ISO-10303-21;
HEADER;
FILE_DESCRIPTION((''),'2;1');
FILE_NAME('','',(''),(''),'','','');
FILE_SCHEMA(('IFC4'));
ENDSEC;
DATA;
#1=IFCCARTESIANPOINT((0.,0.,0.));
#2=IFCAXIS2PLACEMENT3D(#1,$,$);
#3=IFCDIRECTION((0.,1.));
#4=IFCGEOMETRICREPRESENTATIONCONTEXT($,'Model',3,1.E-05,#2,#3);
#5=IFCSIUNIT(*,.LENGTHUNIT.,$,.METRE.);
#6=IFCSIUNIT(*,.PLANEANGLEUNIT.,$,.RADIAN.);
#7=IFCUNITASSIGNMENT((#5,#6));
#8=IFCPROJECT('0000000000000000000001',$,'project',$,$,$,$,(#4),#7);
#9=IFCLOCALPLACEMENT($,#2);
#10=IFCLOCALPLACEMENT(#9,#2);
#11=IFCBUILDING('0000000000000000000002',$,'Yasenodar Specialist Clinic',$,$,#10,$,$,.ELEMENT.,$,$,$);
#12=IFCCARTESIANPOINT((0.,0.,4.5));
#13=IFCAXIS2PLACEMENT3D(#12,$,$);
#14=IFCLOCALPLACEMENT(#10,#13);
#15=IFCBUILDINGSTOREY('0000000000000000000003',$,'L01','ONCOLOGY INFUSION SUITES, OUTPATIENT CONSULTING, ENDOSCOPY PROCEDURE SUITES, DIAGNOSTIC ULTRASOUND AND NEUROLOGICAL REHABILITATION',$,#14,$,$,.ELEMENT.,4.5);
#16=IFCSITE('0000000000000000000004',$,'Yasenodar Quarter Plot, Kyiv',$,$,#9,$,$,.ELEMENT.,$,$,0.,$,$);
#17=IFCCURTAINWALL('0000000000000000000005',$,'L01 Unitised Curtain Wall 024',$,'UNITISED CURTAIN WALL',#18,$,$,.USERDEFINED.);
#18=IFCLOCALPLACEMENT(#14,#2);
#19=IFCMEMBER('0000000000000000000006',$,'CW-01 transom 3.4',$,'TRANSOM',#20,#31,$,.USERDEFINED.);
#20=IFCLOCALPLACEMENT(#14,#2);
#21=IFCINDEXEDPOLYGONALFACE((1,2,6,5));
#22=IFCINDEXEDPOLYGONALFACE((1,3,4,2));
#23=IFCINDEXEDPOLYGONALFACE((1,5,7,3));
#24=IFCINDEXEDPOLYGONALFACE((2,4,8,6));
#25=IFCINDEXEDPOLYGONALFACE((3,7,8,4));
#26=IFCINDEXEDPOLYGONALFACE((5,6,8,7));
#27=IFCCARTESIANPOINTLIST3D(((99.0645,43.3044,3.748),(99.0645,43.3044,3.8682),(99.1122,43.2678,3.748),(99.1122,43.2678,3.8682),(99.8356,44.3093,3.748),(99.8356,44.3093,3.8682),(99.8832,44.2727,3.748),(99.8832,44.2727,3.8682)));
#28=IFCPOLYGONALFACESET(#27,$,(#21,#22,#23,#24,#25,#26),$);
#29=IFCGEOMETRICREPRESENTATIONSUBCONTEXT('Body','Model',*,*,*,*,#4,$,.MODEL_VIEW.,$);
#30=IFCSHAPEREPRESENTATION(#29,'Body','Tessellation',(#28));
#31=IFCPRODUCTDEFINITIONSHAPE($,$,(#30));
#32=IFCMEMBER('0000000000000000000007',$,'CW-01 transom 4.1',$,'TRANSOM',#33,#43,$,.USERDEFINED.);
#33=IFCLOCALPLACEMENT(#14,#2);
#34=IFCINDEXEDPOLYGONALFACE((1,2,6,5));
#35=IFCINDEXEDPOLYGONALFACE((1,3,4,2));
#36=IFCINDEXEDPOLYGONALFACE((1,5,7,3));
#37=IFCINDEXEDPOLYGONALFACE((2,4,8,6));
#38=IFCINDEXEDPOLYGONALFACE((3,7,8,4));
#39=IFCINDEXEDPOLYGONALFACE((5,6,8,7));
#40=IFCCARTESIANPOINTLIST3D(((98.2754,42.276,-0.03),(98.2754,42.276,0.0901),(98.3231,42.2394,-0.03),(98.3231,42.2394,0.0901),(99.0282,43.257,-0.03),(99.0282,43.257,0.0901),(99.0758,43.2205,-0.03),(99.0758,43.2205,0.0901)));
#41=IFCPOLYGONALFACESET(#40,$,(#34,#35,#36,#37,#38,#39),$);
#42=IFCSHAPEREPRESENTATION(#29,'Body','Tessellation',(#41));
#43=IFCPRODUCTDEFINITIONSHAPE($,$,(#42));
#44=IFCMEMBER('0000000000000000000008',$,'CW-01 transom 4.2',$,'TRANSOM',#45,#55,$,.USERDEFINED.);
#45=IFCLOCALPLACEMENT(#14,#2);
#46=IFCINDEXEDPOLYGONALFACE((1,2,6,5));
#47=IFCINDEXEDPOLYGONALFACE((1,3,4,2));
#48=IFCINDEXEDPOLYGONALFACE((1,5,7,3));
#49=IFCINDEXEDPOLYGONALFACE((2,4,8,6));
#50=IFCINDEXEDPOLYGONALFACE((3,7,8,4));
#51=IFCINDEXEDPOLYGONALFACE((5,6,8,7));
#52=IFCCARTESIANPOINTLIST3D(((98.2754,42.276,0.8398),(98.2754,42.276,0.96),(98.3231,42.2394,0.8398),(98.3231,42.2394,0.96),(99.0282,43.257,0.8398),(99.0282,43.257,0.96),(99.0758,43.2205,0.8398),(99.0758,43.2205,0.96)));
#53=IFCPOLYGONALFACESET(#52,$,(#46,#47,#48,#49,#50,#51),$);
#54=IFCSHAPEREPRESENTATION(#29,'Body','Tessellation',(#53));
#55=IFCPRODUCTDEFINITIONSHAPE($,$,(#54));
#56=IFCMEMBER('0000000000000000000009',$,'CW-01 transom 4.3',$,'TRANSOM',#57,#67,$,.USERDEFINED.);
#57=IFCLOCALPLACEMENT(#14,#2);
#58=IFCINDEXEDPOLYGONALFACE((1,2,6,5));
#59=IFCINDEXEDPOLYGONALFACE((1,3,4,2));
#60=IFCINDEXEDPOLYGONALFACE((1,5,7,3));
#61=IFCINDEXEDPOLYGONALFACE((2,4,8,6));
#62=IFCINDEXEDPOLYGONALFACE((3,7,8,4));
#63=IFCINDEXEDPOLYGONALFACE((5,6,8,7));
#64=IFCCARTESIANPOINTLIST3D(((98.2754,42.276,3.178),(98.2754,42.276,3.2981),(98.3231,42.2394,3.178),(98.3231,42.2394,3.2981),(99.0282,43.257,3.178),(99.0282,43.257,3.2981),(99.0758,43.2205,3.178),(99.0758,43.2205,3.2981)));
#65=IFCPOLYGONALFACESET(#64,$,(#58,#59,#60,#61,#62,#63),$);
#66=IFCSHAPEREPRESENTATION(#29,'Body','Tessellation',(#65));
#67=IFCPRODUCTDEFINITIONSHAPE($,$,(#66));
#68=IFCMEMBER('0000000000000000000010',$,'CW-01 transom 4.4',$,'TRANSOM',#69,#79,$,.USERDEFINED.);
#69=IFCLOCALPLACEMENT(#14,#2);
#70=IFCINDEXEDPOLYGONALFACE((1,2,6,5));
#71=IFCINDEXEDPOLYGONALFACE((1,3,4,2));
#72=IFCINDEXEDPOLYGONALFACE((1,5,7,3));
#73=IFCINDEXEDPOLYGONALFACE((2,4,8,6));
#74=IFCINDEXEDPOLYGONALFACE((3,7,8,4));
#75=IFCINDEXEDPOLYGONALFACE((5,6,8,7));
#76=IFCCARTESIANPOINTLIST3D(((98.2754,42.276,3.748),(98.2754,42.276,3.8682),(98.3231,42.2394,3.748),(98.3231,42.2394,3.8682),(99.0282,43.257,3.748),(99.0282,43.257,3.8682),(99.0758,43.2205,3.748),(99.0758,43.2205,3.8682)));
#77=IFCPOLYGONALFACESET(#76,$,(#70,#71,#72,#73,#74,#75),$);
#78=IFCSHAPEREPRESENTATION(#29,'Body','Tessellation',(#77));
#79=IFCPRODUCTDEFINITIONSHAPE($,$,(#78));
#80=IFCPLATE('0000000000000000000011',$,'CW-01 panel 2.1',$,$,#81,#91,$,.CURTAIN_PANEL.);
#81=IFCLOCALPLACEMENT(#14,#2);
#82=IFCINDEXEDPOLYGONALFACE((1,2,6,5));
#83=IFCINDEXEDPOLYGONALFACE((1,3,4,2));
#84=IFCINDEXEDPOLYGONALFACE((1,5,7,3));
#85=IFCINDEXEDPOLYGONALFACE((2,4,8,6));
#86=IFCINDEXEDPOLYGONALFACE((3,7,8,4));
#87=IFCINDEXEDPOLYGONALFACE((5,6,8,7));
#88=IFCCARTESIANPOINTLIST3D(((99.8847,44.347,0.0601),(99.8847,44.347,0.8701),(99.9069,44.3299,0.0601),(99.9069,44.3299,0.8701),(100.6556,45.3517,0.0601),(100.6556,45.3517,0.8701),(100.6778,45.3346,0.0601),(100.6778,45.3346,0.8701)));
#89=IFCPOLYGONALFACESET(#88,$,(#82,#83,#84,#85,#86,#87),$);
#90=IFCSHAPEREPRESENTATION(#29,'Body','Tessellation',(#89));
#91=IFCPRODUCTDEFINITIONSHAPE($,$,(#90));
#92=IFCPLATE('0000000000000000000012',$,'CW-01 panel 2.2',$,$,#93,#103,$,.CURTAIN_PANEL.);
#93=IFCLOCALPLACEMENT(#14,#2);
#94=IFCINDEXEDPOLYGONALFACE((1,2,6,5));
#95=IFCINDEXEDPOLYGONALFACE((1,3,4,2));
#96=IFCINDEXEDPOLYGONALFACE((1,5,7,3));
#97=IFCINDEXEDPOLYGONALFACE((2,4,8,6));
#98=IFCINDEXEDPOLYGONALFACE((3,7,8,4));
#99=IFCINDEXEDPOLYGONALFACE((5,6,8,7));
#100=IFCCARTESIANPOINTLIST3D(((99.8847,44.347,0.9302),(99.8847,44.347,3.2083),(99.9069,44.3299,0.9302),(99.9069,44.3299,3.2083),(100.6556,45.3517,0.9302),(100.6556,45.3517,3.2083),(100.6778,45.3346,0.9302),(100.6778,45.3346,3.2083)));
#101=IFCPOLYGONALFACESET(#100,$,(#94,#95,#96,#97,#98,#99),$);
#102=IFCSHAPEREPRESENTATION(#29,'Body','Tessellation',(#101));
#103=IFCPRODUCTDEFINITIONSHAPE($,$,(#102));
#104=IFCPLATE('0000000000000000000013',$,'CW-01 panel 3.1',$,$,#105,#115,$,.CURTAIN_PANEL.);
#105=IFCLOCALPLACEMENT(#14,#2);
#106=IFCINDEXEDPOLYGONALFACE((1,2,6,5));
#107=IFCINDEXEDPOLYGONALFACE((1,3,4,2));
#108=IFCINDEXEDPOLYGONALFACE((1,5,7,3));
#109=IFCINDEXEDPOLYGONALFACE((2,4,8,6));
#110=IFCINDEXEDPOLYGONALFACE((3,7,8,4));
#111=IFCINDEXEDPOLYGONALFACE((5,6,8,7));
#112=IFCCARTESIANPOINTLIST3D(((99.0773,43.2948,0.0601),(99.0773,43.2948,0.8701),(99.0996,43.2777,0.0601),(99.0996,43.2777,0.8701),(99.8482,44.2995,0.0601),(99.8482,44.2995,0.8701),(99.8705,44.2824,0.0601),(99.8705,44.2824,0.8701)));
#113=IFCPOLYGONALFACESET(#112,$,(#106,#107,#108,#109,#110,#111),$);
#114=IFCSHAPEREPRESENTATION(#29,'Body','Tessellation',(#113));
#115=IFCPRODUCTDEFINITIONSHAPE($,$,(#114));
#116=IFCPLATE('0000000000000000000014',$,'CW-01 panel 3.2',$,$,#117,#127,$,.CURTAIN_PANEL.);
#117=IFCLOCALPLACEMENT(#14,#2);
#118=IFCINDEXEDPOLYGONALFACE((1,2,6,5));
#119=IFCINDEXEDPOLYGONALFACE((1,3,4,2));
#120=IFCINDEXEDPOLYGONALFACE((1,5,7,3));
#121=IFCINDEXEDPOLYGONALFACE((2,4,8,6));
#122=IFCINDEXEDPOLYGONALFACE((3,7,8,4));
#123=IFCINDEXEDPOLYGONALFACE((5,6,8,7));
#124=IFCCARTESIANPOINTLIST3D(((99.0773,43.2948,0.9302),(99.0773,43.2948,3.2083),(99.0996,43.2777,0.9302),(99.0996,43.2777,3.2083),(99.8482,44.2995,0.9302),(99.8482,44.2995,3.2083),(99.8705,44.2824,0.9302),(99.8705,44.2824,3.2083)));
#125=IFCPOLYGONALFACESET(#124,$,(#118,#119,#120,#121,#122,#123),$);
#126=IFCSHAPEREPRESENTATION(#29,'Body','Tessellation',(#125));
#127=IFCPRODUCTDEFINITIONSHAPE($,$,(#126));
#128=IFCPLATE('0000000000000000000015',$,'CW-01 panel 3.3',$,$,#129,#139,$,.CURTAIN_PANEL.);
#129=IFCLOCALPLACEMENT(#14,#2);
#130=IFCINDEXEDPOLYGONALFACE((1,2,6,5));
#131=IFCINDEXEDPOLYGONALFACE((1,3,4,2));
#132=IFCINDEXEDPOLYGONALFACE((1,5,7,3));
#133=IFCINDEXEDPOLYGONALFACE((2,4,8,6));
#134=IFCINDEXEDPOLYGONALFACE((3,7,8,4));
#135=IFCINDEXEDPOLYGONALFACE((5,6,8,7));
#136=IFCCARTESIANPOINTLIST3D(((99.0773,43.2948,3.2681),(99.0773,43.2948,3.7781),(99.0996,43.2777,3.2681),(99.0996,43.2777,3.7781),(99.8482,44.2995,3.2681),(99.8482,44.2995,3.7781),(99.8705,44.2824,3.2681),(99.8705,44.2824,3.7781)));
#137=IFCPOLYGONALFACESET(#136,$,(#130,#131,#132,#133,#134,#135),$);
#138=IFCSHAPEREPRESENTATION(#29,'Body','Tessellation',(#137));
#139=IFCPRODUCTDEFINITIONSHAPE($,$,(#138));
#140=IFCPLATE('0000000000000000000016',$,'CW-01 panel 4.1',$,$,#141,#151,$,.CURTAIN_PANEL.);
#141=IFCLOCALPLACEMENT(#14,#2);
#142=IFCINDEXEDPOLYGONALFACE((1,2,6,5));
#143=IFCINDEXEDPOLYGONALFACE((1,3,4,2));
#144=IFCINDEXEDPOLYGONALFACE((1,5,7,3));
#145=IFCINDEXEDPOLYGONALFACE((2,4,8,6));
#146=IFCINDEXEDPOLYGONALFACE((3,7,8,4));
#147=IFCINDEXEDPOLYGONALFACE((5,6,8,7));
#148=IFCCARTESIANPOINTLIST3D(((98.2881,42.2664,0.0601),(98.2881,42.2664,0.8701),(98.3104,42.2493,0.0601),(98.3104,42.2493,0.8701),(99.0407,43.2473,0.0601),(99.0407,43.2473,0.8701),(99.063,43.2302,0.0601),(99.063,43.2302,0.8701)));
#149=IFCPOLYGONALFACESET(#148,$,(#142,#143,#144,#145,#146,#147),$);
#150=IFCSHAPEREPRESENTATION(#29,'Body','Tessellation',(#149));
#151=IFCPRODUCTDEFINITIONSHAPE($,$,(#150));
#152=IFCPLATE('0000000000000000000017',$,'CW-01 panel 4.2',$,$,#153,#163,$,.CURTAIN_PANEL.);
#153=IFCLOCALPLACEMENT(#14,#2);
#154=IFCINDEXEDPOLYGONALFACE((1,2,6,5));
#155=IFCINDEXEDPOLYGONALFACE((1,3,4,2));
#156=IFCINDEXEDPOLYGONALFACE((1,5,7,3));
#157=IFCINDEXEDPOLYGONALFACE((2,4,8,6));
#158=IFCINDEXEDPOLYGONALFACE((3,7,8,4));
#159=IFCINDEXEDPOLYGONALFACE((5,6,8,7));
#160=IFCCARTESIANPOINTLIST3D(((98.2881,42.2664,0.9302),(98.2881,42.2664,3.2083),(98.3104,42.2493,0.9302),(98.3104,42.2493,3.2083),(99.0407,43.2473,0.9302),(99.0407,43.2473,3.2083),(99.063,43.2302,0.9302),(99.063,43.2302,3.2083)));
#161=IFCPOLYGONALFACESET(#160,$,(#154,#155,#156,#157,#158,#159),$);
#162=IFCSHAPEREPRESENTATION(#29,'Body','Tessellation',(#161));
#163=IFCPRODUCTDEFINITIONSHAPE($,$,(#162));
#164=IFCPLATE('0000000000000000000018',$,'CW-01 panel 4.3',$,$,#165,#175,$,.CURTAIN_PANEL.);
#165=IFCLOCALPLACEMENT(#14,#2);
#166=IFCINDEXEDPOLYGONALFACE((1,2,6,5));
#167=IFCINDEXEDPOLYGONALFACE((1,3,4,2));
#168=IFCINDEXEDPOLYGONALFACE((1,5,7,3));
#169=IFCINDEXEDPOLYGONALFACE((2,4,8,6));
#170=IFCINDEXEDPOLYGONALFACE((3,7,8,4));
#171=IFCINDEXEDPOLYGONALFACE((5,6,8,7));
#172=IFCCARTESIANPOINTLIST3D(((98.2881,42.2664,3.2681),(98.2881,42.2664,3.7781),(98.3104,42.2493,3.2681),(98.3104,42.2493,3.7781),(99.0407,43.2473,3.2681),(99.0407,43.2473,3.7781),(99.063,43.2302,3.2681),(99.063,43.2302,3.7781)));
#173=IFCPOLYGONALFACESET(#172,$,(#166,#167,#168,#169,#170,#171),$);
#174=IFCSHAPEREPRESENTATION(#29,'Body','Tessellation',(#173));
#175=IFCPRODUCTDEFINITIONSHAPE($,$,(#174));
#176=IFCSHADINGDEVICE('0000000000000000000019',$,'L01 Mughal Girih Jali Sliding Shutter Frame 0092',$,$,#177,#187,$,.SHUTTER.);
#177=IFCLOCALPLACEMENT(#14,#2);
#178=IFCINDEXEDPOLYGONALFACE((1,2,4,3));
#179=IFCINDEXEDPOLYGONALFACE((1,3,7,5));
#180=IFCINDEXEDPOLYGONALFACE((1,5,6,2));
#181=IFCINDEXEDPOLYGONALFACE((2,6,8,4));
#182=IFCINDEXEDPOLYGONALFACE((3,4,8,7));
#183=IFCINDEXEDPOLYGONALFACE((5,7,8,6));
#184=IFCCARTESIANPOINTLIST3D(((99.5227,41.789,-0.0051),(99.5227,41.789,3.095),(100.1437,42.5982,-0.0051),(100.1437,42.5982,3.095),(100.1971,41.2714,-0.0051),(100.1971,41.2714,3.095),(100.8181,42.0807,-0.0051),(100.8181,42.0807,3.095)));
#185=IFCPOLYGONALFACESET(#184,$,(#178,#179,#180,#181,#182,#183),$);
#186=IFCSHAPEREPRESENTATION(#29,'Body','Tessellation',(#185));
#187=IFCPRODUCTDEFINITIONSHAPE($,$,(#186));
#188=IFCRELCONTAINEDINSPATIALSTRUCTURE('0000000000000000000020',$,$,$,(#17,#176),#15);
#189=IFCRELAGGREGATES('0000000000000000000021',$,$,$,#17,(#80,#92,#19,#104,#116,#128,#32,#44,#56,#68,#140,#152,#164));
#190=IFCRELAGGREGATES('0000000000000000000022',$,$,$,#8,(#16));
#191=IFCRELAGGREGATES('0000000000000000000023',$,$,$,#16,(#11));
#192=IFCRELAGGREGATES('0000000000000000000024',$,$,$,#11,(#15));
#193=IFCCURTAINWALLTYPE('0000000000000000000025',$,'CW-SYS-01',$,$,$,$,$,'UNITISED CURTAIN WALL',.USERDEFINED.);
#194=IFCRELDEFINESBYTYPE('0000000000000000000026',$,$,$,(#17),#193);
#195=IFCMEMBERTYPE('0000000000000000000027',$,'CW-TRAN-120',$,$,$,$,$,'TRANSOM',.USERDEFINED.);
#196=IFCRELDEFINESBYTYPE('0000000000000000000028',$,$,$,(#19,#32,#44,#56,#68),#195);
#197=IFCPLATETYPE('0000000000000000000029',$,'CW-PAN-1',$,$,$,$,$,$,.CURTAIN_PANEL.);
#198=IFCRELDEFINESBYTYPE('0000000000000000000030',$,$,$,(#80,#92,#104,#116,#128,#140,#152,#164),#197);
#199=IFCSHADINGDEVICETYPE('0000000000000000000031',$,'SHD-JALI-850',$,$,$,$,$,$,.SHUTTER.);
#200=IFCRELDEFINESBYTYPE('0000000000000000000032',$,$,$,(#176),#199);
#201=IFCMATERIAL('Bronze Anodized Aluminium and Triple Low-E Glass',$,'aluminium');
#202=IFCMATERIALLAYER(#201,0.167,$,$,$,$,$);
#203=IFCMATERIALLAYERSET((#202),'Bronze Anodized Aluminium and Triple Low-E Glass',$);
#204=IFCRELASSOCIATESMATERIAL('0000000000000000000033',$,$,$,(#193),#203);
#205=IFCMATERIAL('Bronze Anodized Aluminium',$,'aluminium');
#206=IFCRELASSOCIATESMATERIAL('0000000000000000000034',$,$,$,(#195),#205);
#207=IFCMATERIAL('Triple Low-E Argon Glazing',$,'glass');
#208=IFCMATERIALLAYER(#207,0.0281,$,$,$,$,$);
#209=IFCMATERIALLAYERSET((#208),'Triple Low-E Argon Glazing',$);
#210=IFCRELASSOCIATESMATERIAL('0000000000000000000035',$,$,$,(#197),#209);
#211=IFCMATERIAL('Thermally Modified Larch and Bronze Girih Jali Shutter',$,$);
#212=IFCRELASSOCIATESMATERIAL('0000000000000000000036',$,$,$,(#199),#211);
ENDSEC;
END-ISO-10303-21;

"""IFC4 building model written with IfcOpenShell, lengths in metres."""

from ifc_helpers import new_model, si_unit, direction, frame, origin, origin_2d, place, context, subcontext, project, spatial, rectangle, extrude, material, layer, layer_set, material_profile, profile_set, type_object, element, aggregate, save


model = new_model("IFC4")

# Units and contexts
model_context = context("Model", 3, precision=1e-05, world=origin(), true_north=direction((0.0, 1.0)))
body_context = subcontext(model_context, "Body", "Model", "MODEL_VIEW")
ifc_project = project(units=[si_unit("LENGTHUNIT", "METRE"), si_unit("PLANEANGLEUNIT", "RADIAN")], contexts=[model_context])

# Site, building, storey
site_placement = place(None, origin())
site = spatial("IfcSite", under=ifc_project, at=site_placement, Name="Yasenodar Quarter Plot, Kyiv", CompositionType="ELEMENT", RefElevation=0.0)
building_placement = place(site_placement, origin())
building = spatial("IfcBuilding", under=site, at=building_placement, Name="Yasenodar Specialist Clinic", CompositionType="ELEMENT")
storey_placement = place(building_placement, frame((0.0, 0.0, 4.5)))
storey = spatial("IfcBuildingStorey", under=building, at=storey_placement, Name="L01", Description="ONCOLOGY INFUSION SUITES, OUTPATIENT CONSULTING, ENDOSCOPY PROCEDURE SUITES, DIAGNOSTIC ULTRASOUND AND NEUROLOGICAL REHABILITATION", CompositionType="ELEMENT", Elevation=4.5)

# Curtain wall, members, plates
ifc_material_1 = material(Name="Bronze Anodized Aluminium and Triple Low-E Glass", Category="aluminium")
ifc_layer_1 = layer(ifc_material_1, 0.167)
ifc_layer_set_1 = layer_set([ifc_layer_1], Name="Bronze Anodized Aluminium and Triple Low-E Glass")
curtain_wall_type = type_object("IfcCurtainWallType", Name="CW-SYS-01", ElementType="UNITISED CURTAIN WALL", PredefinedType="USERDEFINED", material=ifc_layer_set_1)
curtain_wall_placement = place(storey_placement, origin())
curtain_wall = element("IfcCurtainWall", 1, at=curtain_wall_placement, inside=storey, type_object=curtain_wall_type, Name="L01 Unitised Curtain Wall 024", ObjectType="UNITISED CURTAIN WALL", PredefinedType="USERDEFINED")
ifc_material_2 = material(Name="Bronze Anodized Aluminium", Category="aluminium")
ifc_material_profile_1 = material_profile(ifc_material_2, rectangle(XDim=0.0601, YDim=0.1201, at=origin_2d()), Name="CW-TRAN 60x120")
ifc_profile_set_1 = profile_set([ifc_material_profile_1], Name="Bronze Anodized Aluminium")
member_type_1 = type_object("IfcMemberType", Name="CW-TRAN-120", ElementType="TRANSOM", PredefinedType="USERDEFINED", material=ifc_profile_set_1)
member_1_placement = place(storey_placement, frame((99.8594, 44.291, 3.8081), z_axis=(-0.608723, -0.793383, 0.0), x_axis=(0.793383, -0.608723, 0.0)))
member_1 = element("IfcMember", 2, at=member_1_placement, type_object=member_type_1, Name="CW-01 transom 3.4", ObjectType="TRANSOM", PredefinedType="USERDEFINED", context=body_context, shape_type="SweptSolid", body=[
    extrude(rectangle(XDim=0.0601, YDim=0.1201, at=origin_2d()), origin(), (0.0, 0.0, 1.0), 1.2666),
])
member_2_placement = place(storey_placement, frame((99.052, 43.2388, 0.03), z_axis=(-0.608747, -0.793365, 0.0), x_axis=(0.793365, -0.608747, 0.0)))
member_2 = element("IfcMember", 3, at=member_2_placement, type_object=member_type_1, Name="CW-01 transom 4.1", ObjectType="TRANSOM", PredefinedType="USERDEFINED", context=body_context, shape_type="SweptSolid", body=[
    extrude(rectangle(XDim=0.0601, YDim=0.1201, at=origin_2d()), origin(), (0.0, 0.0, 1.0), 1.2366),
])
member_3_placement = place(storey_placement, frame((99.052, 43.2388, 0.8999), z_axis=(-0.608747, -0.793365, 0.0), x_axis=(0.793365, -0.608747, 0.0)))
member_3 = element("IfcMember", 4, at=member_3_placement, type_object=member_type_1, Name="CW-01 transom 4.2", ObjectType="TRANSOM", PredefinedType="USERDEFINED", context=body_context, shape_type="SweptSolid", body=[
    extrude(rectangle(XDim=0.0601, YDim=0.1201, at=origin_2d()), origin(), (0.0, 0.0, 1.0), 1.2366),
])
member_4_placement = place(storey_placement, frame((99.052, 43.2388, 3.238), z_axis=(-0.608747, -0.793365, 0.0), x_axis=(0.793365, -0.608747, 0.0)))
member_4 = element("IfcMember", 5, at=member_4_placement, type_object=member_type_1, Name="CW-01 transom 4.3", ObjectType="TRANSOM", PredefinedType="USERDEFINED", context=body_context, shape_type="SweptSolid", body=[
    extrude(rectangle(XDim=0.0601, YDim=0.1201, at=origin_2d()), origin(), (0.0, 0.0, 1.0), 1.2366),
])
member_5_placement = place(storey_placement, frame((99.052, 43.2388, 3.8081), z_axis=(-0.608747, -0.793365, 0.0), x_axis=(0.793365, -0.608747, 0.0)))
member_5 = element("IfcMember", 6, at=member_5_placement, type_object=member_type_1, Name="CW-01 transom 4.4", ObjectType="TRANSOM", PredefinedType="USERDEFINED", context=body_context, shape_type="SweptSolid", body=[
    extrude(rectangle(XDim=0.0601, YDim=0.1201, at=origin_2d()), origin(), (0.0, 0.0, 1.0), 1.2366),
])
ifc_material_3 = material(Name="Triple Low-E Argon Glazing", Category="glass")
ifc_layer_2 = layer(ifc_material_3, 0.0281)
ifc_layer_set_2 = layer_set([ifc_layer_2], Name="Triple Low-E Argon Glazing")
plate_type = type_object("IfcPlateType", Name="CW-PAN-1", PredefinedType="CURTAIN_PANEL", material=ifc_layer_set_2)
plate_1_placement = place(storey_placement, frame((100.2812, 44.8408, 0.0601), z_axis=(0.0, 0.0, 1.0), x_axis=(-0.608752, -0.793361, 0.0)))
plate_1 = element("IfcPlate", 7, at=plate_1_placement, type_object=plate_type, Name="CW-01 panel 2.1", PredefinedType="CURTAIN_PANEL", context=body_context, shape_type="SweptSolid", body=[
    extrude(rectangle(XDim=1.2664, YDim=0.0281, at=origin_2d()), origin(), (0.0, 0.0, 1.0), 0.8101),
])
plate_2_placement = place(storey_placement, frame((100.2812, 44.8408, 0.9302), z_axis=(0.0, 0.0, 1.0), x_axis=(-0.608752, -0.793361, 0.0)))
plate_2 = element("IfcPlate", 8, at=plate_2_placement, type_object=plate_type, Name="CW-01 panel 2.2", PredefinedType="CURTAIN_PANEL", context=body_context, shape_type="SweptSolid", body=[
    extrude(rectangle(XDim=1.2664, YDim=0.0281, at=origin_2d()), origin(), (0.0, 0.0, 1.0), 2.2781),
])
plate_3_placement = place(storey_placement, frame((99.4739, 43.7886, 0.0601), z_axis=(0.0, 0.0, 1.0), x_axis=(-0.608752, -0.793361, 0.0)))
plate_3 = element("IfcPlate", 9, at=plate_3_placement, type_object=plate_type, Name="CW-01 panel 3.1", PredefinedType="CURTAIN_PANEL", context=body_context, shape_type="SweptSolid", body=[
    extrude(rectangle(XDim=1.2664, YDim=0.0281, at=origin_2d()), origin(), (0.0, 0.0, 1.0), 0.8101),
])
plate_4_placement = place(storey_placement, frame((99.4739, 43.7886, 0.9302), z_axis=(0.0, 0.0, 1.0), x_axis=(-0.608752, -0.793361, 0.0)))
plate_4 = element("IfcPlate", 10, at=plate_4_placement, type_object=plate_type, Name="CW-01 panel 3.2", PredefinedType="CURTAIN_PANEL", context=body_context, shape_type="SweptSolid", body=[
    extrude(rectangle(XDim=1.2664, YDim=0.0281, at=origin_2d()), origin(), (0.0, 0.0, 1.0), 2.2781),
])
plate_5_placement = place(storey_placement, frame((99.4739, 43.7886, 3.2681), z_axis=(0.0, 0.0, 1.0), x_axis=(-0.608752, -0.793361, 0.0)))
plate_5 = element("IfcPlate", 11, at=plate_5_placement, type_object=plate_type, Name="CW-01 panel 3.3", PredefinedType="CURTAIN_PANEL", context=body_context, shape_type="SweptSolid", body=[
    extrude(rectangle(XDim=1.2664, YDim=0.0281, at=origin_2d()), origin(), (0.0, 0.0, 1.0), 0.51),
])
plate_6_placement = place(storey_placement, frame((98.6755, 42.7483, 0.0601), z_axis=(0.0, 0.0, 1.0), x_axis=(-0.608752, -0.793361, 0.0)))
plate_6 = element("IfcPlate", 12, at=plate_6_placement, type_object=plate_type, Name="CW-01 panel 4.1", PredefinedType="CURTAIN_PANEL", context=body_context, shape_type="SweptSolid", body=[
    extrude(rectangle(XDim=1.2363, YDim=0.0281, at=origin_2d()), origin(), (0.0, 0.0, 1.0), 0.8101),
])
plate_7_placement = place(storey_placement, frame((98.6755, 42.7483, 0.9302), z_axis=(0.0, 0.0, 1.0), x_axis=(-0.608752, -0.793361, 0.0)))
plate_7 = element("IfcPlate", 13, at=plate_7_placement, type_object=plate_type, Name="CW-01 panel 4.2", PredefinedType="CURTAIN_PANEL", context=body_context, shape_type="SweptSolid", body=[
    extrude(rectangle(XDim=1.2363, YDim=0.0281, at=origin_2d()), origin(), (0.0, 0.0, 1.0), 2.2781),
])
plate_8_placement = place(storey_placement, frame((98.6755, 42.7483, 3.2681), z_axis=(0.0, 0.0, 1.0), x_axis=(-0.608752, -0.793361, 0.0)))
plate_8 = element("IfcPlate", 14, at=plate_8_placement, type_object=plate_type, Name="CW-01 panel 4.3", PredefinedType="CURTAIN_PANEL", context=body_context, shape_type="SweptSolid", body=[
    extrude(rectangle(XDim=1.2363, YDim=0.0281, at=origin_2d()), origin(), (0.0, 0.0, 1.0), 0.51),
])
aggregate(curtain_wall, [plate_1, plate_2, member_1, plate_3, plate_4, plate_5, member_2, member_3, member_4, member_5, plate_6, plate_7, plate_8])

# Shading device
ifc_material_4 = material(Name="Thermally Modified Larch and Bronze Girih Jali Shutter")
shading_device_type = type_object("IfcShadingDeviceType", Name="SHD-JALI-850", PredefinedType="SHUTTER", material=ifc_material_4)
shading_device_placement = place(storey_placement, frame((100.1704, 41.9348, -0.0051), z_axis=(0.0, 0.0, 1.0), x_axis=(0.608764, 0.793351, 0.0)))
element("IfcShadingDevice", 15, at=shading_device_placement, inside=storey, type_object=shading_device_type, Name="L01 Mughal Girih Jali Sliding Shutter Frame 0092", PredefinedType="SHUTTER", context=body_context, shape_type="SweptSolid", body=[
    extrude(rectangle(XDim=1.02, YDim=0.8501, at=origin_2d()), origin(), (0.0, 0.0, 1.0), 3.1001),
])

save(model, "model.ifc")
